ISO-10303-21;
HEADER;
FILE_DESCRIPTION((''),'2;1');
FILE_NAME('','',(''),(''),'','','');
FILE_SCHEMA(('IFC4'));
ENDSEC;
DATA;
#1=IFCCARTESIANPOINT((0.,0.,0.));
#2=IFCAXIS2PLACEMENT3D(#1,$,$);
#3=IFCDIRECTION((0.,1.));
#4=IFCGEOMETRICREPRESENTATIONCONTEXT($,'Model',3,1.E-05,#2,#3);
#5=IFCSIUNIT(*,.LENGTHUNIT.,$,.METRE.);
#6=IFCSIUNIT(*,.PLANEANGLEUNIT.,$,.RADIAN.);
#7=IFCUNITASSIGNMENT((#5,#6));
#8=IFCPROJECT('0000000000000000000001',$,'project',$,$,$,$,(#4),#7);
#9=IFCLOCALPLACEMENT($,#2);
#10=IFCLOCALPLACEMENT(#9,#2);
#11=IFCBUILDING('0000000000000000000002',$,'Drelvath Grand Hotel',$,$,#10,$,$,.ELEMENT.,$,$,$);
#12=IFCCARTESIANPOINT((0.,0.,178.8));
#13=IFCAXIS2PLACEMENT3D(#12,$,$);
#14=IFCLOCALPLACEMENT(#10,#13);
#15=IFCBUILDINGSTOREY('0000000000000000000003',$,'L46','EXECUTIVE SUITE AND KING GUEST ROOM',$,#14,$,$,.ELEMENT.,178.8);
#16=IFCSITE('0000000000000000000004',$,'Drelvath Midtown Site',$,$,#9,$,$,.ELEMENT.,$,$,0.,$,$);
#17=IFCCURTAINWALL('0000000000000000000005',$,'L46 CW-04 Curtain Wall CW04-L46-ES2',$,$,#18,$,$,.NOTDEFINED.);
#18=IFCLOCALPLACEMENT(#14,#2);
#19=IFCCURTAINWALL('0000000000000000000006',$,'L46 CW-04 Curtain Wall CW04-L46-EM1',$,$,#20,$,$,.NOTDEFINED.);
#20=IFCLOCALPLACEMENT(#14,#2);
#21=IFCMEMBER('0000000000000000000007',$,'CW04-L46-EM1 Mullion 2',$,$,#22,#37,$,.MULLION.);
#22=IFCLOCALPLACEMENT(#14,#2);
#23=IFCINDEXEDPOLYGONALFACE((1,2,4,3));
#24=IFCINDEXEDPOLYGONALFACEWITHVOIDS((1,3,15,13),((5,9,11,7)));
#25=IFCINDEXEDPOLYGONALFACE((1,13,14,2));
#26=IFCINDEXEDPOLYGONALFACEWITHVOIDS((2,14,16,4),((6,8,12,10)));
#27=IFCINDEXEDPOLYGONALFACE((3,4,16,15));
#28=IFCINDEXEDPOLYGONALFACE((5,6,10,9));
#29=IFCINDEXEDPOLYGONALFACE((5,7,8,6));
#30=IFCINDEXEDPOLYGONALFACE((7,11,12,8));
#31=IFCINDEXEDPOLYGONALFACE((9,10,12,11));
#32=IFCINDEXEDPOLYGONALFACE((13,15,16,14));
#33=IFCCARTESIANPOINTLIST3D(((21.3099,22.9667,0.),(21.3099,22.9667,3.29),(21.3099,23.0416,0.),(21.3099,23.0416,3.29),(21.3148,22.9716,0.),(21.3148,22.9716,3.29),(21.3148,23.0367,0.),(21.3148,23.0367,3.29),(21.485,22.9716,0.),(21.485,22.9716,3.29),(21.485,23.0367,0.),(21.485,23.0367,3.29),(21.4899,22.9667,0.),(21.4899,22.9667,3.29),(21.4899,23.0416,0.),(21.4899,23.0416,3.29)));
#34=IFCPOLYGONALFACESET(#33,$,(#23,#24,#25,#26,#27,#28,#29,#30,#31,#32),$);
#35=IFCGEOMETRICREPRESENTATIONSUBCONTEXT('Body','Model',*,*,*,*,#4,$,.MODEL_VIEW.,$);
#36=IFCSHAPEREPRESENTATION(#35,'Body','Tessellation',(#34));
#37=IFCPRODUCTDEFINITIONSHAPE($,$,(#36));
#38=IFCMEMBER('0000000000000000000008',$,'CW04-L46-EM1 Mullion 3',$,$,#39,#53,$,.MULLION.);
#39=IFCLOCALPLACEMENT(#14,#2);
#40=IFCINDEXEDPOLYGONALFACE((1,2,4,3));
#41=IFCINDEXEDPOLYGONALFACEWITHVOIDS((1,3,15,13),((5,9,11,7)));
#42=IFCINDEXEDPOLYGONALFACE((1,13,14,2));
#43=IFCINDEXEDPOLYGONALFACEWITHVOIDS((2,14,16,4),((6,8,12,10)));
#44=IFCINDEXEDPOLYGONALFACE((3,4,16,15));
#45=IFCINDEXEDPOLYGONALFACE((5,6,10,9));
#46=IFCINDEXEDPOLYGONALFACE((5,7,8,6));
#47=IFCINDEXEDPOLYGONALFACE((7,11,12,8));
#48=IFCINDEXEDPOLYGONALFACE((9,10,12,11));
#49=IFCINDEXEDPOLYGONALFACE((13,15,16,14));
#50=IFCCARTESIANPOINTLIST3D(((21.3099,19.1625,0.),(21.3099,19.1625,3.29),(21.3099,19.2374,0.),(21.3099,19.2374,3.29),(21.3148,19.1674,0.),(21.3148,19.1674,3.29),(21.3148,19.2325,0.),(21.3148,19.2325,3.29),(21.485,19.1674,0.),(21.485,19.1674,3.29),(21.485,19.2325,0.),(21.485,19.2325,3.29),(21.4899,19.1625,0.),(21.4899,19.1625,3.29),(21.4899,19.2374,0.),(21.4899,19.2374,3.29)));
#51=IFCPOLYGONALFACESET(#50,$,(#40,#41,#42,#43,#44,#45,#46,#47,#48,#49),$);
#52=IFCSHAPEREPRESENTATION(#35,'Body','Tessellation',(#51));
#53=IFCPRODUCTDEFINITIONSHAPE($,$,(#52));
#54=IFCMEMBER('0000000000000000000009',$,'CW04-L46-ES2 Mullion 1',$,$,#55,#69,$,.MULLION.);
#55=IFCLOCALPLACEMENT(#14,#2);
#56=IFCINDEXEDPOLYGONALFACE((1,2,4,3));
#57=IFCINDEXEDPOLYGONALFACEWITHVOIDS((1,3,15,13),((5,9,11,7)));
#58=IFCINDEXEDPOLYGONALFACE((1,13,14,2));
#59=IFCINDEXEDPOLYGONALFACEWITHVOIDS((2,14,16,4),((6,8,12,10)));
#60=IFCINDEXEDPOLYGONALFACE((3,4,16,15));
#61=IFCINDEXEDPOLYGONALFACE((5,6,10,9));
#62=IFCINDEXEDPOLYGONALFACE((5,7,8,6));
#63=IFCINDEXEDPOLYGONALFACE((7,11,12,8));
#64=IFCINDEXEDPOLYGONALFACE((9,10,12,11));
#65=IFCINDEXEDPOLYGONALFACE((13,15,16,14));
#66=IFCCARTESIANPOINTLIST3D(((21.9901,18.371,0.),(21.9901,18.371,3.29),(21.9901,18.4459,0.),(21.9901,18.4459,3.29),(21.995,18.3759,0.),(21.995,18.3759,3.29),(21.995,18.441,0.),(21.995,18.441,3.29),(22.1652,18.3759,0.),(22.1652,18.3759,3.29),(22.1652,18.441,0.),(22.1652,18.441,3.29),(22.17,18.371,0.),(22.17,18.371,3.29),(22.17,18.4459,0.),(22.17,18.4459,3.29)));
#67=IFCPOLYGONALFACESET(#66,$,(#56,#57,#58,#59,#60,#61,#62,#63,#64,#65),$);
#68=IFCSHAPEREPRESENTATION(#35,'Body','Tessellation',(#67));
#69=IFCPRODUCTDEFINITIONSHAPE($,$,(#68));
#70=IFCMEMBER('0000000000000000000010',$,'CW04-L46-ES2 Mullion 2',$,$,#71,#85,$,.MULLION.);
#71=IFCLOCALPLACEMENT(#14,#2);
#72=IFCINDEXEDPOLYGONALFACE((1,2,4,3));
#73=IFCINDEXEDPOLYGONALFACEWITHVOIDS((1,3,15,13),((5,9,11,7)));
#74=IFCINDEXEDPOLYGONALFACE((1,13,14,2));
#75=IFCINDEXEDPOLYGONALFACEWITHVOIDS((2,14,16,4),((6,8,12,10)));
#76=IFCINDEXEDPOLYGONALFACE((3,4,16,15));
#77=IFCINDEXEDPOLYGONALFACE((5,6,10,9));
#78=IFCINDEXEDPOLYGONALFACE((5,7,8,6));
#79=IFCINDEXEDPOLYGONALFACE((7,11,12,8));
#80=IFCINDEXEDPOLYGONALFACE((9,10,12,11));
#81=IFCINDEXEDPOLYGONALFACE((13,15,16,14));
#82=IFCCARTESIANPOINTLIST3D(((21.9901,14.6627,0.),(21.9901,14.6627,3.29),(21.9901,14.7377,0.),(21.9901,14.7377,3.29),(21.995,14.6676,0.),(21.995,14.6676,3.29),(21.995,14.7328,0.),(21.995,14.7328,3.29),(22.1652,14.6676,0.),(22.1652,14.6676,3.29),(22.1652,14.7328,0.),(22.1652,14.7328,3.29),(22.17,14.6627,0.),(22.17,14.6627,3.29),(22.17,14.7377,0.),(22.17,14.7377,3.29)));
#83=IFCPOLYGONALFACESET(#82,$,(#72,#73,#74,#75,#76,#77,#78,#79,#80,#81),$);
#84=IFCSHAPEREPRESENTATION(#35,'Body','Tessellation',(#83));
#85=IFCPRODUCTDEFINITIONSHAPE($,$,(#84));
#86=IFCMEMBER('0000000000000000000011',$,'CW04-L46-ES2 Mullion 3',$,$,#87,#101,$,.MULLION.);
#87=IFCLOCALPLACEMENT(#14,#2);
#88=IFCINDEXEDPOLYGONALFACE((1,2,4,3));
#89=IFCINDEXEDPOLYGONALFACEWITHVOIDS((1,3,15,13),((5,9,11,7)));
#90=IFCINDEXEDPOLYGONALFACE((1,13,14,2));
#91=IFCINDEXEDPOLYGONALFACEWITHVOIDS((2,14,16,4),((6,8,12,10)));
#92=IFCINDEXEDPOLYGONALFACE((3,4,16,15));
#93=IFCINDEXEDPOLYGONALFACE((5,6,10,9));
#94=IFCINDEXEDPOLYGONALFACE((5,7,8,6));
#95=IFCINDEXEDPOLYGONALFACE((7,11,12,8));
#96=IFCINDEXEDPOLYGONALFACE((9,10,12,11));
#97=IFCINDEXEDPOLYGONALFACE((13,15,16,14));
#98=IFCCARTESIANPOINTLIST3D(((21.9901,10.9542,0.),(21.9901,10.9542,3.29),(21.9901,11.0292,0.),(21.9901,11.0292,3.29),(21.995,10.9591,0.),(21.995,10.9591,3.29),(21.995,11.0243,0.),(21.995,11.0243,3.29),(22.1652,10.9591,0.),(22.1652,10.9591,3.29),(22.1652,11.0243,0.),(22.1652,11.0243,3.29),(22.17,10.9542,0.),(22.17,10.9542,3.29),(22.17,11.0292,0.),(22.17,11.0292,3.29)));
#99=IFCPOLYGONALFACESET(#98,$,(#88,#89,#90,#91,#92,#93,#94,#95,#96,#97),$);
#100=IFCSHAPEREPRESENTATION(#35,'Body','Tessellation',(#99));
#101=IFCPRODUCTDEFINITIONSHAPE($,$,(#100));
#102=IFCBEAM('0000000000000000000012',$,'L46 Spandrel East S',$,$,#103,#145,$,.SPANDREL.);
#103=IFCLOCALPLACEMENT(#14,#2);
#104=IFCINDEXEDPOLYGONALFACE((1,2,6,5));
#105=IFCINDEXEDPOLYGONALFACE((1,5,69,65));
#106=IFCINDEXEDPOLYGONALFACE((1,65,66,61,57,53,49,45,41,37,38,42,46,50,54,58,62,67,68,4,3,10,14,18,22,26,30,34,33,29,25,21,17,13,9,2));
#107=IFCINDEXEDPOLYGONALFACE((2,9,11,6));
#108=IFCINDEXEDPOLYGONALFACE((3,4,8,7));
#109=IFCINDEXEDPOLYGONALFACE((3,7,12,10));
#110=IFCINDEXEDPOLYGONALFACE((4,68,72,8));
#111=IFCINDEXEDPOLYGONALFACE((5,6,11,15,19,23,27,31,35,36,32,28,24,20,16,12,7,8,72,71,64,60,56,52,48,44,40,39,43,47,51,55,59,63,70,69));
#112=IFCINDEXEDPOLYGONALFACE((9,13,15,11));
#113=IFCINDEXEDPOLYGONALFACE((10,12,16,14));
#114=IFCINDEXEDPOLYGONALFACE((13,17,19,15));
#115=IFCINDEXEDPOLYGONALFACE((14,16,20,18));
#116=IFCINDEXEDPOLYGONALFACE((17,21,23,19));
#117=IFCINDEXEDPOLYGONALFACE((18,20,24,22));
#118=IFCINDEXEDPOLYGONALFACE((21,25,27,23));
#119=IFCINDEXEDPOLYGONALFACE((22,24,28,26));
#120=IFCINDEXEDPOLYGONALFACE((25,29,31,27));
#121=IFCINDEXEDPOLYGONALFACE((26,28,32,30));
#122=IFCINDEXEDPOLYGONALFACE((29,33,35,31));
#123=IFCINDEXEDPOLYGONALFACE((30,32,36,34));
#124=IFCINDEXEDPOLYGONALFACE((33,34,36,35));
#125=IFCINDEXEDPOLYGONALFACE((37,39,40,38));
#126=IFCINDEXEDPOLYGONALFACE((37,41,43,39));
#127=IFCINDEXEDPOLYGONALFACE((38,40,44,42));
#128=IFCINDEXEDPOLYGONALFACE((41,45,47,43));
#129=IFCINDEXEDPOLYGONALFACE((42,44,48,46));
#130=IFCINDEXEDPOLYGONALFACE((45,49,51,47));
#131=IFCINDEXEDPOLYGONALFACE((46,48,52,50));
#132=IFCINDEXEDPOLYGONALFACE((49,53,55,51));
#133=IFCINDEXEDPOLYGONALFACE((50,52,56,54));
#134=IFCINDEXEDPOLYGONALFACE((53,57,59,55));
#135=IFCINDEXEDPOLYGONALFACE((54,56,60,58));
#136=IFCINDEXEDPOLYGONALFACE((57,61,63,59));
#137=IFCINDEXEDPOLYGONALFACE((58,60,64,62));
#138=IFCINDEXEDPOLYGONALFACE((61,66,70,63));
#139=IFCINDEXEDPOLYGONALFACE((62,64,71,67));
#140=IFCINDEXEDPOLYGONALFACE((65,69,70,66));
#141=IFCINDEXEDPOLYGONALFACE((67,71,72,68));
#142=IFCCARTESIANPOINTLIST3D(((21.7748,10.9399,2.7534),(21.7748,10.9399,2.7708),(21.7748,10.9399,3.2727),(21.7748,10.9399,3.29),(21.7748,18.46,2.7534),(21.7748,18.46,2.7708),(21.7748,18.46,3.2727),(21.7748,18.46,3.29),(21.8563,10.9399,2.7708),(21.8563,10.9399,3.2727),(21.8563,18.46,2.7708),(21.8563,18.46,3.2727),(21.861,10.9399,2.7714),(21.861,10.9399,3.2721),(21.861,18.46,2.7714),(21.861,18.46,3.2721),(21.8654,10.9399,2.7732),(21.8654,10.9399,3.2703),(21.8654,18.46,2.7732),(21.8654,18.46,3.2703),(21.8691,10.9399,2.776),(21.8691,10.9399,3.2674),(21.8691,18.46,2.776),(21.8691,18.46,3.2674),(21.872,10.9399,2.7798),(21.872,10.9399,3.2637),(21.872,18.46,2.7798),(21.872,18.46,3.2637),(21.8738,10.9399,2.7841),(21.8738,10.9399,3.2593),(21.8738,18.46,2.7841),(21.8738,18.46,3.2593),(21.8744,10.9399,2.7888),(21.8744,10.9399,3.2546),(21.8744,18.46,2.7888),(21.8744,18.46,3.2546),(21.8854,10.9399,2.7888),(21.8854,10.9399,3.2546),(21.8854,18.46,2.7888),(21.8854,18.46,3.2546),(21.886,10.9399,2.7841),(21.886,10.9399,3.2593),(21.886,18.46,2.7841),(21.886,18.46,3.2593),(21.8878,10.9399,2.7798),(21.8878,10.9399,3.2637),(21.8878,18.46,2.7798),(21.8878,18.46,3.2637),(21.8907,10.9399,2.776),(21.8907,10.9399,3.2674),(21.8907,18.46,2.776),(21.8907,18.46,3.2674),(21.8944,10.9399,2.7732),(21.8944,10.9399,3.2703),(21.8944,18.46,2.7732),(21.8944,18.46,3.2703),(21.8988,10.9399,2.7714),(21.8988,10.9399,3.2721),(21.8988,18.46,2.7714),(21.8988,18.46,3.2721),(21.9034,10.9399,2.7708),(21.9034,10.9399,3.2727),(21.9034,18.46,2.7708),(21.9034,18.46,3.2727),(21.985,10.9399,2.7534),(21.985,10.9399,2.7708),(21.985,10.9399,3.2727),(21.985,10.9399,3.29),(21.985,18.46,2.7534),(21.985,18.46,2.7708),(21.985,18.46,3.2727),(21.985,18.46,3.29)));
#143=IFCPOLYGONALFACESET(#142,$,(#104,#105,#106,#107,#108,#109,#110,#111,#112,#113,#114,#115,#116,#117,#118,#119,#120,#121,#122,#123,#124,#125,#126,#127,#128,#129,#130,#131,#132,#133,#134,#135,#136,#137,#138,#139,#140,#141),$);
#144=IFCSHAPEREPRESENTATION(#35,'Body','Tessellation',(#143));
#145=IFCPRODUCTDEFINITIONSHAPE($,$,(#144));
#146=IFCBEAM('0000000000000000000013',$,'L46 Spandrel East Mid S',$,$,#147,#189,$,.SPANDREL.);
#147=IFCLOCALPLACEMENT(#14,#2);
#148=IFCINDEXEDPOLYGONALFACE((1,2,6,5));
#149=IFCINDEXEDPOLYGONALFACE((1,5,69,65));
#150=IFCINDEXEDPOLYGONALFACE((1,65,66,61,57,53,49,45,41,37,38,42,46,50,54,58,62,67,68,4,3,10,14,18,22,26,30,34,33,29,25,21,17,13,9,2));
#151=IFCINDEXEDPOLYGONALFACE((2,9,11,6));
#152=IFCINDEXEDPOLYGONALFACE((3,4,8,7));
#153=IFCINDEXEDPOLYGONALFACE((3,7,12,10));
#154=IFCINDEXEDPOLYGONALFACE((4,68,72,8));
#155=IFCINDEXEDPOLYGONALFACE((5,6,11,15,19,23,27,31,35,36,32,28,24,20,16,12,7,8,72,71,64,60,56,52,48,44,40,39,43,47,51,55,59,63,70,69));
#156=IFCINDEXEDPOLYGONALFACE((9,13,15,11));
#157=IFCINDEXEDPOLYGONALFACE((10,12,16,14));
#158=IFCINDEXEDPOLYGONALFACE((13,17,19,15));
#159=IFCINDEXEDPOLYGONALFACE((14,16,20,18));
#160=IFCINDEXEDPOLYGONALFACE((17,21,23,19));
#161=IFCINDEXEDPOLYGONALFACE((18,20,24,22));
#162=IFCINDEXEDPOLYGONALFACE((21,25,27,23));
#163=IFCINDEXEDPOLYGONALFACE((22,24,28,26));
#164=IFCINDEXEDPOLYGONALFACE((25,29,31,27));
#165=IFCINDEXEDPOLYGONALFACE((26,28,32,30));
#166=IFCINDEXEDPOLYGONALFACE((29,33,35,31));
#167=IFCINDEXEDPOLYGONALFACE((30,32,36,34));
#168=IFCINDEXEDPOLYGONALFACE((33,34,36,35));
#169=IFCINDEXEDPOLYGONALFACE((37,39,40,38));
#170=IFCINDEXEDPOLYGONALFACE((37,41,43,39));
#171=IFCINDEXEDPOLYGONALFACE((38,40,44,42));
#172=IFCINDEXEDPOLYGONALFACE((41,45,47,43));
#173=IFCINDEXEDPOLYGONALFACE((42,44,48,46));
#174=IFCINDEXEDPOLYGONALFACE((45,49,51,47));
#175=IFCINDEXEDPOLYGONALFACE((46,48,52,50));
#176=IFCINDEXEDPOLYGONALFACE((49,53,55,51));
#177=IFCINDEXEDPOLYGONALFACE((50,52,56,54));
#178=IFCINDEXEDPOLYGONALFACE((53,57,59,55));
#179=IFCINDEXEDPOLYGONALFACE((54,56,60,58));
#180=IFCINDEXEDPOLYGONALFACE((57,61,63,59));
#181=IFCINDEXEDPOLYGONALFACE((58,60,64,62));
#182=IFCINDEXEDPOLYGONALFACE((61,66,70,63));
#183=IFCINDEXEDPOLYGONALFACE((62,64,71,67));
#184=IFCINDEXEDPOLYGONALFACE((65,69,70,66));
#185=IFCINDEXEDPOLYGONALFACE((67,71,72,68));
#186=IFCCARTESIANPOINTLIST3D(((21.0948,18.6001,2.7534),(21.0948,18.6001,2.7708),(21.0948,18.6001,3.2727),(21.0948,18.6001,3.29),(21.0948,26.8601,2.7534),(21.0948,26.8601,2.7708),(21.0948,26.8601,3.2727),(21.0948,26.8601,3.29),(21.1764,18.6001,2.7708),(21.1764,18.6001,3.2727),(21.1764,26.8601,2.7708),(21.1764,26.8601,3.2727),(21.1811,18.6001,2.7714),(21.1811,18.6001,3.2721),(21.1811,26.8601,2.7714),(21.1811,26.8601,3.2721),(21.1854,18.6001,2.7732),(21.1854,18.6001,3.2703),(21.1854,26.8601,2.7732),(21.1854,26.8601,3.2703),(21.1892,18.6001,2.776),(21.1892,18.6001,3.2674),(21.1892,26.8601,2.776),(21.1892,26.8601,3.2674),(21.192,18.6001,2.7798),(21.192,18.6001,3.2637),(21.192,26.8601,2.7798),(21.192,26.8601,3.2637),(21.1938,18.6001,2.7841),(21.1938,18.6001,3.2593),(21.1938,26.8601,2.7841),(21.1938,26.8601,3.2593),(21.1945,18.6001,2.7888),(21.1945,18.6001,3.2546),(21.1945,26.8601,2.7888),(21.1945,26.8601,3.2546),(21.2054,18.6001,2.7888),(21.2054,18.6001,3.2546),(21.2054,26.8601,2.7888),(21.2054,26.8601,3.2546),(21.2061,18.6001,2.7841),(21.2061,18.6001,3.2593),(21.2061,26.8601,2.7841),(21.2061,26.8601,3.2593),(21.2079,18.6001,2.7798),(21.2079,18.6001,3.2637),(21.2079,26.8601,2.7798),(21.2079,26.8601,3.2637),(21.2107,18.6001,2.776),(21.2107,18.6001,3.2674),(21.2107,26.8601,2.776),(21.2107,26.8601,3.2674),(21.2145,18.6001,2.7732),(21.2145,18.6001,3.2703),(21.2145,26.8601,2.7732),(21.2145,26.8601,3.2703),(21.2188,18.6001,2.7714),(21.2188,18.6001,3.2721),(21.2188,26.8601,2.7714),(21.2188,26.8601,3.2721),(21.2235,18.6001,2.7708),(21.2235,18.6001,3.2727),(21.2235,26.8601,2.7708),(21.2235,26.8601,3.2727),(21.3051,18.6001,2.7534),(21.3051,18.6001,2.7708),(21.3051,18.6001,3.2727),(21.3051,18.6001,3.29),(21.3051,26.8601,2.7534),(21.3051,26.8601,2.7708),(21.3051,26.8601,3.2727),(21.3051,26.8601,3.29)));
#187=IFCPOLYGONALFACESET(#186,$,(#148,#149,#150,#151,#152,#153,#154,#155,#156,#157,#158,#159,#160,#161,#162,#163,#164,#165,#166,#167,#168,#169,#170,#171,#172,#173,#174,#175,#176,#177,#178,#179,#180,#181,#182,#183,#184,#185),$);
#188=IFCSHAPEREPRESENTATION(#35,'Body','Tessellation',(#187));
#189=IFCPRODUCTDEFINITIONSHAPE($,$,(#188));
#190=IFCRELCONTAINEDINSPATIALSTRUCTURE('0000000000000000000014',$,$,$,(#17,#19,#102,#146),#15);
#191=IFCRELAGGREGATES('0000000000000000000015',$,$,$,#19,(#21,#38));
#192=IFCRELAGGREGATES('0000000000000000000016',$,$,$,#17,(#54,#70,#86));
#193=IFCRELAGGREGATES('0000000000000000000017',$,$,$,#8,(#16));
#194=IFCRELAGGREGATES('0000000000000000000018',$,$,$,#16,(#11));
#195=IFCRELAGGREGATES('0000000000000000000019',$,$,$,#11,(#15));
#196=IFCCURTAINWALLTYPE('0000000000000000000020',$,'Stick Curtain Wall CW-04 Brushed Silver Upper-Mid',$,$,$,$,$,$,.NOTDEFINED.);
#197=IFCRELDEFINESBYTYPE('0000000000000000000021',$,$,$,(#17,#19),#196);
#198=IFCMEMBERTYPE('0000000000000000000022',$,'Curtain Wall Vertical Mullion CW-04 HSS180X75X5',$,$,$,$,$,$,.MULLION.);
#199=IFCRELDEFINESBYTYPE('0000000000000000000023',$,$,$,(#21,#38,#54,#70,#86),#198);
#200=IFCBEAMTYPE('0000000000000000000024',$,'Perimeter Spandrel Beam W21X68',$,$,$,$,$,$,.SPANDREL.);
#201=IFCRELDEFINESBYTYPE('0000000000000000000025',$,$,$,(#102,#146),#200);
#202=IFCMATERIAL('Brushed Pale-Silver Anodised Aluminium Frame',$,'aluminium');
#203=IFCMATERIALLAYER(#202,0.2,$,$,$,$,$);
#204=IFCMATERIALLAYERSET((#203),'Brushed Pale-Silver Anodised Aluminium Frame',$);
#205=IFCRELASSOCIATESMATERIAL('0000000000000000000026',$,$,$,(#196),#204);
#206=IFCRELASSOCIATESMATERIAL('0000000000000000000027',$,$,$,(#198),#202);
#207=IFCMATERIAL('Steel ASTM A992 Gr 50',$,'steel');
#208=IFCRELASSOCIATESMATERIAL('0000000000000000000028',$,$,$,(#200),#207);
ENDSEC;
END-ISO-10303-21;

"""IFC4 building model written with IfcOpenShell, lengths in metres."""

from ifc_helpers import new_model, si_unit, direction, frame, origin, origin_2d, place, context, subcontext, project, spatial, hollow_rectangle, i_section, extrude, material, layer, layer_set, material_profile, profile_set, type_object, element, aggregate, save


model = new_model("IFC4")

# Units and contexts
model_context = context("Model", 3, precision=1e-05, world=origin(), true_north=direction((0.0, 1.0)))
body_context = subcontext(model_context, "Body", "Model", "MODEL_VIEW")
ifc_project = project(units=[si_unit("LENGTHUNIT", "METRE"), si_unit("PLANEANGLEUNIT", "RADIAN")], contexts=[model_context])

# Site, building, storey
site_placement = place(None, origin())
site = spatial("IfcSite", under=ifc_project, at=site_placement, Name="Drelvath Midtown Site", CompositionType="ELEMENT", RefElevation=0.0)
building_placement = place(site_placement, origin())
building = spatial("IfcBuilding", under=site, at=building_placement, Name="Drelvath Grand Hotel", CompositionType="ELEMENT")
storey_placement = place(building_placement, frame((0.0, 0.0, 178.8)))
storey = spatial("IfcBuildingStorey", under=building, at=storey_placement, Name="L46", Description="EXECUTIVE SUITE AND KING GUEST ROOM", CompositionType="ELEMENT", Elevation=178.8)

# Shared definitions
ifc_material_1 = material(Name="Steel ASTM A992 Gr 50", Category="steel")

# Curtain wall
ifc_material_2 = material(Name="Brushed Pale-Silver Anodised Aluminium Frame", Category="aluminium")
ifc_layer_1 = layer(ifc_material_2, 0.2)
ifc_layer_set_1 = layer_set([ifc_layer_1], Name="Brushed Pale-Silver Anodised Aluminium Frame")
curtain_wall_type = type_object("IfcCurtainWallType", Name="Stick Curtain Wall CW-04 Brushed Silver Upper-Mid", PredefinedType="NOTDEFINED", material=ifc_layer_set_1)
curtain_wall_1_placement = place(storey_placement, origin())
curtain_wall_1 = element("IfcCurtainWall", 1, at=curtain_wall_1_placement, inside=storey, type_object=curtain_wall_type, Name="L46 CW-04 Curtain Wall CW04-L46-ES2", PredefinedType="NOTDEFINED")

# Curtain wall, members
curtain_wall_2_placement = place(storey_placement, origin())
curtain_wall_2 = element("IfcCurtainWall", 2, at=curtain_wall_2_placement, inside=storey, type_object=curtain_wall_type, Name="L46 CW-04 Curtain Wall CW04-L46-EM1", PredefinedType="NOTDEFINED")
ifc_material_profile_1 = material_profile(ifc_material_2, hollow_rectangle(XDim=0.075, YDim=0.1799, WallThickness=0.0049, at=origin_2d()), Name="HSS180X75X5")
ifc_profile_set_1 = profile_set([ifc_material_profile_1], Name="Brushed Pale-Silver Anodised Aluminium Frame")
member_type_1 = type_object("IfcMemberType", Name="Curtain Wall Vertical Mullion CW-04 HSS180X75X5", PredefinedType="MULLION", material=ifc_profile_set_1)
member_1_placement = place(storey_placement, frame((21.3999, 23.0042, 0.0), z_axis=(0.0, 0.0, 1.0), x_axis=(0.0, 1.0, 0.0)))
member_1 = element("IfcMember", 3, at=member_1_placement, type_object=member_type_1, Name="CW04-L46-EM1 Mullion 2", PredefinedType="MULLION", context=body_context, shape_type="SweptSolid", body=[
    extrude(hollow_rectangle(XDim=0.075, YDim=0.1799, WallThickness=0.0049, at=origin_2d()), origin(), (0.0, 0.0, 1.0), 3.29),
])
member_2_placement = place(storey_placement, frame((21.3999, 19.2, 0.0), z_axis=(0.0, 0.0, 1.0), x_axis=(0.0, 1.0, 0.0)))
member_2 = element("IfcMember", 4, at=member_2_placement, type_object=member_type_1, Name="CW04-L46-EM1 Mullion 3", PredefinedType="MULLION", context=body_context, shape_type="SweptSolid", body=[
    extrude(hollow_rectangle(XDim=0.075, YDim=0.1799, WallThickness=0.0049, at=origin_2d()), origin(), (0.0, 0.0, 1.0), 3.29),
])

# Members
member_3_placement = place(storey_placement, frame((22.0801, 18.4084, 0.0), z_axis=(0.0, 0.0, 1.0), x_axis=(0.0, 1.0, 0.0)))
member_3 = element("IfcMember", 5, at=member_3_placement, type_object=member_type_1, Name="CW04-L46-ES2 Mullion 1", PredefinedType="MULLION", context=body_context, shape_type="SweptSolid", body=[
    extrude(hollow_rectangle(XDim=0.075, YDim=0.1799, WallThickness=0.0049, at=origin_2d()), origin(), (0.0, 0.0, 1.0), 3.29),
])
member_4_placement = place(storey_placement, frame((22.0801, 14.7002, 0.0), z_axis=(0.0, 0.0, 1.0), x_axis=(0.0, 1.0, 0.0)))
member_4 = element("IfcMember", 6, at=member_4_placement, type_object=member_type_1, Name="CW04-L46-ES2 Mullion 2", PredefinedType="MULLION", context=body_context, shape_type="SweptSolid", body=[
    extrude(hollow_rectangle(XDim=0.075, YDim=0.1799, WallThickness=0.0049, at=origin_2d()), origin(), (0.0, 0.0, 1.0), 3.29),
])
member_5_placement = place(storey_placement, frame((22.0801, 10.9917, 0.0), z_axis=(0.0, 0.0, 1.0), x_axis=(0.0, 1.0, 0.0)))
member_5 = element("IfcMember", 7, at=member_5_placement, type_object=member_type_1, Name="CW04-L46-ES2 Mullion 3", PredefinedType="MULLION", context=body_context, shape_type="SweptSolid", body=[
    extrude(hollow_rectangle(XDim=0.075, YDim=0.1799, WallThickness=0.0049, at=origin_2d()), origin(), (0.0, 0.0, 1.0), 3.29),
])

# Beams
ifc_material_profile_2 = material_profile(ifc_material_1, i_section(OverallWidth=0.2102, OverallDepth=0.5366, WebThickness=0.011, FlangeThickness=0.0173, FilletRadius=0.0181, at=origin_2d()), Name="W21X68")
ifc_profile_set_2 = profile_set([ifc_material_profile_2], Name="Steel ASTM A992 Gr 50")
beam_type_1 = type_object("IfcBeamType", Name="Perimeter Spandrel Beam W21X68", PredefinedType="SPANDREL", material=ifc_profile_set_2)
beam_1_placement = place(storey_placement, frame((21.8799, 10.9399, 3.0217), z_axis=(0.0, 1.0, 0.0), x_axis=(-1.0, 0.0, 0.0)))
element("IfcBeam", 8, at=beam_1_placement, inside=storey, type_object=beam_type_1, Name="L46 Spandrel East S", PredefinedType="SPANDREL", context=body_context, shape_type="SweptSolid", body=[
    extrude(i_section(OverallWidth=0.2102, OverallDepth=0.5366, WebThickness=0.011, FlangeThickness=0.0173, FilletRadius=0.0181, at=origin_2d()), origin(), (0.0, 0.0, 1.0), 7.52),
])
beam_2_placement = place(storey_placement, frame((21.2, 18.6001, 3.0217), z_axis=(0.0, 1.0, 0.0), x_axis=(-1.0, 0.0, 0.0)))
element("IfcBeam", 9, at=beam_2_placement, inside=storey, type_object=beam_type_1, Name="L46 Spandrel East Mid S", PredefinedType="SPANDREL", context=body_context, shape_type="SweptSolid", body=[
    extrude(i_section(OverallWidth=0.2102, OverallDepth=0.5366, WebThickness=0.011, FlangeThickness=0.0173, FilletRadius=0.0181, at=origin_2d()), origin(), (0.0, 0.0, 1.0), 8.26),
])

aggregate(curtain_wall_2, [member_1, member_2])
aggregate(curtain_wall_1, [member_3, member_4, member_5])

save(model, "model.ifc")
